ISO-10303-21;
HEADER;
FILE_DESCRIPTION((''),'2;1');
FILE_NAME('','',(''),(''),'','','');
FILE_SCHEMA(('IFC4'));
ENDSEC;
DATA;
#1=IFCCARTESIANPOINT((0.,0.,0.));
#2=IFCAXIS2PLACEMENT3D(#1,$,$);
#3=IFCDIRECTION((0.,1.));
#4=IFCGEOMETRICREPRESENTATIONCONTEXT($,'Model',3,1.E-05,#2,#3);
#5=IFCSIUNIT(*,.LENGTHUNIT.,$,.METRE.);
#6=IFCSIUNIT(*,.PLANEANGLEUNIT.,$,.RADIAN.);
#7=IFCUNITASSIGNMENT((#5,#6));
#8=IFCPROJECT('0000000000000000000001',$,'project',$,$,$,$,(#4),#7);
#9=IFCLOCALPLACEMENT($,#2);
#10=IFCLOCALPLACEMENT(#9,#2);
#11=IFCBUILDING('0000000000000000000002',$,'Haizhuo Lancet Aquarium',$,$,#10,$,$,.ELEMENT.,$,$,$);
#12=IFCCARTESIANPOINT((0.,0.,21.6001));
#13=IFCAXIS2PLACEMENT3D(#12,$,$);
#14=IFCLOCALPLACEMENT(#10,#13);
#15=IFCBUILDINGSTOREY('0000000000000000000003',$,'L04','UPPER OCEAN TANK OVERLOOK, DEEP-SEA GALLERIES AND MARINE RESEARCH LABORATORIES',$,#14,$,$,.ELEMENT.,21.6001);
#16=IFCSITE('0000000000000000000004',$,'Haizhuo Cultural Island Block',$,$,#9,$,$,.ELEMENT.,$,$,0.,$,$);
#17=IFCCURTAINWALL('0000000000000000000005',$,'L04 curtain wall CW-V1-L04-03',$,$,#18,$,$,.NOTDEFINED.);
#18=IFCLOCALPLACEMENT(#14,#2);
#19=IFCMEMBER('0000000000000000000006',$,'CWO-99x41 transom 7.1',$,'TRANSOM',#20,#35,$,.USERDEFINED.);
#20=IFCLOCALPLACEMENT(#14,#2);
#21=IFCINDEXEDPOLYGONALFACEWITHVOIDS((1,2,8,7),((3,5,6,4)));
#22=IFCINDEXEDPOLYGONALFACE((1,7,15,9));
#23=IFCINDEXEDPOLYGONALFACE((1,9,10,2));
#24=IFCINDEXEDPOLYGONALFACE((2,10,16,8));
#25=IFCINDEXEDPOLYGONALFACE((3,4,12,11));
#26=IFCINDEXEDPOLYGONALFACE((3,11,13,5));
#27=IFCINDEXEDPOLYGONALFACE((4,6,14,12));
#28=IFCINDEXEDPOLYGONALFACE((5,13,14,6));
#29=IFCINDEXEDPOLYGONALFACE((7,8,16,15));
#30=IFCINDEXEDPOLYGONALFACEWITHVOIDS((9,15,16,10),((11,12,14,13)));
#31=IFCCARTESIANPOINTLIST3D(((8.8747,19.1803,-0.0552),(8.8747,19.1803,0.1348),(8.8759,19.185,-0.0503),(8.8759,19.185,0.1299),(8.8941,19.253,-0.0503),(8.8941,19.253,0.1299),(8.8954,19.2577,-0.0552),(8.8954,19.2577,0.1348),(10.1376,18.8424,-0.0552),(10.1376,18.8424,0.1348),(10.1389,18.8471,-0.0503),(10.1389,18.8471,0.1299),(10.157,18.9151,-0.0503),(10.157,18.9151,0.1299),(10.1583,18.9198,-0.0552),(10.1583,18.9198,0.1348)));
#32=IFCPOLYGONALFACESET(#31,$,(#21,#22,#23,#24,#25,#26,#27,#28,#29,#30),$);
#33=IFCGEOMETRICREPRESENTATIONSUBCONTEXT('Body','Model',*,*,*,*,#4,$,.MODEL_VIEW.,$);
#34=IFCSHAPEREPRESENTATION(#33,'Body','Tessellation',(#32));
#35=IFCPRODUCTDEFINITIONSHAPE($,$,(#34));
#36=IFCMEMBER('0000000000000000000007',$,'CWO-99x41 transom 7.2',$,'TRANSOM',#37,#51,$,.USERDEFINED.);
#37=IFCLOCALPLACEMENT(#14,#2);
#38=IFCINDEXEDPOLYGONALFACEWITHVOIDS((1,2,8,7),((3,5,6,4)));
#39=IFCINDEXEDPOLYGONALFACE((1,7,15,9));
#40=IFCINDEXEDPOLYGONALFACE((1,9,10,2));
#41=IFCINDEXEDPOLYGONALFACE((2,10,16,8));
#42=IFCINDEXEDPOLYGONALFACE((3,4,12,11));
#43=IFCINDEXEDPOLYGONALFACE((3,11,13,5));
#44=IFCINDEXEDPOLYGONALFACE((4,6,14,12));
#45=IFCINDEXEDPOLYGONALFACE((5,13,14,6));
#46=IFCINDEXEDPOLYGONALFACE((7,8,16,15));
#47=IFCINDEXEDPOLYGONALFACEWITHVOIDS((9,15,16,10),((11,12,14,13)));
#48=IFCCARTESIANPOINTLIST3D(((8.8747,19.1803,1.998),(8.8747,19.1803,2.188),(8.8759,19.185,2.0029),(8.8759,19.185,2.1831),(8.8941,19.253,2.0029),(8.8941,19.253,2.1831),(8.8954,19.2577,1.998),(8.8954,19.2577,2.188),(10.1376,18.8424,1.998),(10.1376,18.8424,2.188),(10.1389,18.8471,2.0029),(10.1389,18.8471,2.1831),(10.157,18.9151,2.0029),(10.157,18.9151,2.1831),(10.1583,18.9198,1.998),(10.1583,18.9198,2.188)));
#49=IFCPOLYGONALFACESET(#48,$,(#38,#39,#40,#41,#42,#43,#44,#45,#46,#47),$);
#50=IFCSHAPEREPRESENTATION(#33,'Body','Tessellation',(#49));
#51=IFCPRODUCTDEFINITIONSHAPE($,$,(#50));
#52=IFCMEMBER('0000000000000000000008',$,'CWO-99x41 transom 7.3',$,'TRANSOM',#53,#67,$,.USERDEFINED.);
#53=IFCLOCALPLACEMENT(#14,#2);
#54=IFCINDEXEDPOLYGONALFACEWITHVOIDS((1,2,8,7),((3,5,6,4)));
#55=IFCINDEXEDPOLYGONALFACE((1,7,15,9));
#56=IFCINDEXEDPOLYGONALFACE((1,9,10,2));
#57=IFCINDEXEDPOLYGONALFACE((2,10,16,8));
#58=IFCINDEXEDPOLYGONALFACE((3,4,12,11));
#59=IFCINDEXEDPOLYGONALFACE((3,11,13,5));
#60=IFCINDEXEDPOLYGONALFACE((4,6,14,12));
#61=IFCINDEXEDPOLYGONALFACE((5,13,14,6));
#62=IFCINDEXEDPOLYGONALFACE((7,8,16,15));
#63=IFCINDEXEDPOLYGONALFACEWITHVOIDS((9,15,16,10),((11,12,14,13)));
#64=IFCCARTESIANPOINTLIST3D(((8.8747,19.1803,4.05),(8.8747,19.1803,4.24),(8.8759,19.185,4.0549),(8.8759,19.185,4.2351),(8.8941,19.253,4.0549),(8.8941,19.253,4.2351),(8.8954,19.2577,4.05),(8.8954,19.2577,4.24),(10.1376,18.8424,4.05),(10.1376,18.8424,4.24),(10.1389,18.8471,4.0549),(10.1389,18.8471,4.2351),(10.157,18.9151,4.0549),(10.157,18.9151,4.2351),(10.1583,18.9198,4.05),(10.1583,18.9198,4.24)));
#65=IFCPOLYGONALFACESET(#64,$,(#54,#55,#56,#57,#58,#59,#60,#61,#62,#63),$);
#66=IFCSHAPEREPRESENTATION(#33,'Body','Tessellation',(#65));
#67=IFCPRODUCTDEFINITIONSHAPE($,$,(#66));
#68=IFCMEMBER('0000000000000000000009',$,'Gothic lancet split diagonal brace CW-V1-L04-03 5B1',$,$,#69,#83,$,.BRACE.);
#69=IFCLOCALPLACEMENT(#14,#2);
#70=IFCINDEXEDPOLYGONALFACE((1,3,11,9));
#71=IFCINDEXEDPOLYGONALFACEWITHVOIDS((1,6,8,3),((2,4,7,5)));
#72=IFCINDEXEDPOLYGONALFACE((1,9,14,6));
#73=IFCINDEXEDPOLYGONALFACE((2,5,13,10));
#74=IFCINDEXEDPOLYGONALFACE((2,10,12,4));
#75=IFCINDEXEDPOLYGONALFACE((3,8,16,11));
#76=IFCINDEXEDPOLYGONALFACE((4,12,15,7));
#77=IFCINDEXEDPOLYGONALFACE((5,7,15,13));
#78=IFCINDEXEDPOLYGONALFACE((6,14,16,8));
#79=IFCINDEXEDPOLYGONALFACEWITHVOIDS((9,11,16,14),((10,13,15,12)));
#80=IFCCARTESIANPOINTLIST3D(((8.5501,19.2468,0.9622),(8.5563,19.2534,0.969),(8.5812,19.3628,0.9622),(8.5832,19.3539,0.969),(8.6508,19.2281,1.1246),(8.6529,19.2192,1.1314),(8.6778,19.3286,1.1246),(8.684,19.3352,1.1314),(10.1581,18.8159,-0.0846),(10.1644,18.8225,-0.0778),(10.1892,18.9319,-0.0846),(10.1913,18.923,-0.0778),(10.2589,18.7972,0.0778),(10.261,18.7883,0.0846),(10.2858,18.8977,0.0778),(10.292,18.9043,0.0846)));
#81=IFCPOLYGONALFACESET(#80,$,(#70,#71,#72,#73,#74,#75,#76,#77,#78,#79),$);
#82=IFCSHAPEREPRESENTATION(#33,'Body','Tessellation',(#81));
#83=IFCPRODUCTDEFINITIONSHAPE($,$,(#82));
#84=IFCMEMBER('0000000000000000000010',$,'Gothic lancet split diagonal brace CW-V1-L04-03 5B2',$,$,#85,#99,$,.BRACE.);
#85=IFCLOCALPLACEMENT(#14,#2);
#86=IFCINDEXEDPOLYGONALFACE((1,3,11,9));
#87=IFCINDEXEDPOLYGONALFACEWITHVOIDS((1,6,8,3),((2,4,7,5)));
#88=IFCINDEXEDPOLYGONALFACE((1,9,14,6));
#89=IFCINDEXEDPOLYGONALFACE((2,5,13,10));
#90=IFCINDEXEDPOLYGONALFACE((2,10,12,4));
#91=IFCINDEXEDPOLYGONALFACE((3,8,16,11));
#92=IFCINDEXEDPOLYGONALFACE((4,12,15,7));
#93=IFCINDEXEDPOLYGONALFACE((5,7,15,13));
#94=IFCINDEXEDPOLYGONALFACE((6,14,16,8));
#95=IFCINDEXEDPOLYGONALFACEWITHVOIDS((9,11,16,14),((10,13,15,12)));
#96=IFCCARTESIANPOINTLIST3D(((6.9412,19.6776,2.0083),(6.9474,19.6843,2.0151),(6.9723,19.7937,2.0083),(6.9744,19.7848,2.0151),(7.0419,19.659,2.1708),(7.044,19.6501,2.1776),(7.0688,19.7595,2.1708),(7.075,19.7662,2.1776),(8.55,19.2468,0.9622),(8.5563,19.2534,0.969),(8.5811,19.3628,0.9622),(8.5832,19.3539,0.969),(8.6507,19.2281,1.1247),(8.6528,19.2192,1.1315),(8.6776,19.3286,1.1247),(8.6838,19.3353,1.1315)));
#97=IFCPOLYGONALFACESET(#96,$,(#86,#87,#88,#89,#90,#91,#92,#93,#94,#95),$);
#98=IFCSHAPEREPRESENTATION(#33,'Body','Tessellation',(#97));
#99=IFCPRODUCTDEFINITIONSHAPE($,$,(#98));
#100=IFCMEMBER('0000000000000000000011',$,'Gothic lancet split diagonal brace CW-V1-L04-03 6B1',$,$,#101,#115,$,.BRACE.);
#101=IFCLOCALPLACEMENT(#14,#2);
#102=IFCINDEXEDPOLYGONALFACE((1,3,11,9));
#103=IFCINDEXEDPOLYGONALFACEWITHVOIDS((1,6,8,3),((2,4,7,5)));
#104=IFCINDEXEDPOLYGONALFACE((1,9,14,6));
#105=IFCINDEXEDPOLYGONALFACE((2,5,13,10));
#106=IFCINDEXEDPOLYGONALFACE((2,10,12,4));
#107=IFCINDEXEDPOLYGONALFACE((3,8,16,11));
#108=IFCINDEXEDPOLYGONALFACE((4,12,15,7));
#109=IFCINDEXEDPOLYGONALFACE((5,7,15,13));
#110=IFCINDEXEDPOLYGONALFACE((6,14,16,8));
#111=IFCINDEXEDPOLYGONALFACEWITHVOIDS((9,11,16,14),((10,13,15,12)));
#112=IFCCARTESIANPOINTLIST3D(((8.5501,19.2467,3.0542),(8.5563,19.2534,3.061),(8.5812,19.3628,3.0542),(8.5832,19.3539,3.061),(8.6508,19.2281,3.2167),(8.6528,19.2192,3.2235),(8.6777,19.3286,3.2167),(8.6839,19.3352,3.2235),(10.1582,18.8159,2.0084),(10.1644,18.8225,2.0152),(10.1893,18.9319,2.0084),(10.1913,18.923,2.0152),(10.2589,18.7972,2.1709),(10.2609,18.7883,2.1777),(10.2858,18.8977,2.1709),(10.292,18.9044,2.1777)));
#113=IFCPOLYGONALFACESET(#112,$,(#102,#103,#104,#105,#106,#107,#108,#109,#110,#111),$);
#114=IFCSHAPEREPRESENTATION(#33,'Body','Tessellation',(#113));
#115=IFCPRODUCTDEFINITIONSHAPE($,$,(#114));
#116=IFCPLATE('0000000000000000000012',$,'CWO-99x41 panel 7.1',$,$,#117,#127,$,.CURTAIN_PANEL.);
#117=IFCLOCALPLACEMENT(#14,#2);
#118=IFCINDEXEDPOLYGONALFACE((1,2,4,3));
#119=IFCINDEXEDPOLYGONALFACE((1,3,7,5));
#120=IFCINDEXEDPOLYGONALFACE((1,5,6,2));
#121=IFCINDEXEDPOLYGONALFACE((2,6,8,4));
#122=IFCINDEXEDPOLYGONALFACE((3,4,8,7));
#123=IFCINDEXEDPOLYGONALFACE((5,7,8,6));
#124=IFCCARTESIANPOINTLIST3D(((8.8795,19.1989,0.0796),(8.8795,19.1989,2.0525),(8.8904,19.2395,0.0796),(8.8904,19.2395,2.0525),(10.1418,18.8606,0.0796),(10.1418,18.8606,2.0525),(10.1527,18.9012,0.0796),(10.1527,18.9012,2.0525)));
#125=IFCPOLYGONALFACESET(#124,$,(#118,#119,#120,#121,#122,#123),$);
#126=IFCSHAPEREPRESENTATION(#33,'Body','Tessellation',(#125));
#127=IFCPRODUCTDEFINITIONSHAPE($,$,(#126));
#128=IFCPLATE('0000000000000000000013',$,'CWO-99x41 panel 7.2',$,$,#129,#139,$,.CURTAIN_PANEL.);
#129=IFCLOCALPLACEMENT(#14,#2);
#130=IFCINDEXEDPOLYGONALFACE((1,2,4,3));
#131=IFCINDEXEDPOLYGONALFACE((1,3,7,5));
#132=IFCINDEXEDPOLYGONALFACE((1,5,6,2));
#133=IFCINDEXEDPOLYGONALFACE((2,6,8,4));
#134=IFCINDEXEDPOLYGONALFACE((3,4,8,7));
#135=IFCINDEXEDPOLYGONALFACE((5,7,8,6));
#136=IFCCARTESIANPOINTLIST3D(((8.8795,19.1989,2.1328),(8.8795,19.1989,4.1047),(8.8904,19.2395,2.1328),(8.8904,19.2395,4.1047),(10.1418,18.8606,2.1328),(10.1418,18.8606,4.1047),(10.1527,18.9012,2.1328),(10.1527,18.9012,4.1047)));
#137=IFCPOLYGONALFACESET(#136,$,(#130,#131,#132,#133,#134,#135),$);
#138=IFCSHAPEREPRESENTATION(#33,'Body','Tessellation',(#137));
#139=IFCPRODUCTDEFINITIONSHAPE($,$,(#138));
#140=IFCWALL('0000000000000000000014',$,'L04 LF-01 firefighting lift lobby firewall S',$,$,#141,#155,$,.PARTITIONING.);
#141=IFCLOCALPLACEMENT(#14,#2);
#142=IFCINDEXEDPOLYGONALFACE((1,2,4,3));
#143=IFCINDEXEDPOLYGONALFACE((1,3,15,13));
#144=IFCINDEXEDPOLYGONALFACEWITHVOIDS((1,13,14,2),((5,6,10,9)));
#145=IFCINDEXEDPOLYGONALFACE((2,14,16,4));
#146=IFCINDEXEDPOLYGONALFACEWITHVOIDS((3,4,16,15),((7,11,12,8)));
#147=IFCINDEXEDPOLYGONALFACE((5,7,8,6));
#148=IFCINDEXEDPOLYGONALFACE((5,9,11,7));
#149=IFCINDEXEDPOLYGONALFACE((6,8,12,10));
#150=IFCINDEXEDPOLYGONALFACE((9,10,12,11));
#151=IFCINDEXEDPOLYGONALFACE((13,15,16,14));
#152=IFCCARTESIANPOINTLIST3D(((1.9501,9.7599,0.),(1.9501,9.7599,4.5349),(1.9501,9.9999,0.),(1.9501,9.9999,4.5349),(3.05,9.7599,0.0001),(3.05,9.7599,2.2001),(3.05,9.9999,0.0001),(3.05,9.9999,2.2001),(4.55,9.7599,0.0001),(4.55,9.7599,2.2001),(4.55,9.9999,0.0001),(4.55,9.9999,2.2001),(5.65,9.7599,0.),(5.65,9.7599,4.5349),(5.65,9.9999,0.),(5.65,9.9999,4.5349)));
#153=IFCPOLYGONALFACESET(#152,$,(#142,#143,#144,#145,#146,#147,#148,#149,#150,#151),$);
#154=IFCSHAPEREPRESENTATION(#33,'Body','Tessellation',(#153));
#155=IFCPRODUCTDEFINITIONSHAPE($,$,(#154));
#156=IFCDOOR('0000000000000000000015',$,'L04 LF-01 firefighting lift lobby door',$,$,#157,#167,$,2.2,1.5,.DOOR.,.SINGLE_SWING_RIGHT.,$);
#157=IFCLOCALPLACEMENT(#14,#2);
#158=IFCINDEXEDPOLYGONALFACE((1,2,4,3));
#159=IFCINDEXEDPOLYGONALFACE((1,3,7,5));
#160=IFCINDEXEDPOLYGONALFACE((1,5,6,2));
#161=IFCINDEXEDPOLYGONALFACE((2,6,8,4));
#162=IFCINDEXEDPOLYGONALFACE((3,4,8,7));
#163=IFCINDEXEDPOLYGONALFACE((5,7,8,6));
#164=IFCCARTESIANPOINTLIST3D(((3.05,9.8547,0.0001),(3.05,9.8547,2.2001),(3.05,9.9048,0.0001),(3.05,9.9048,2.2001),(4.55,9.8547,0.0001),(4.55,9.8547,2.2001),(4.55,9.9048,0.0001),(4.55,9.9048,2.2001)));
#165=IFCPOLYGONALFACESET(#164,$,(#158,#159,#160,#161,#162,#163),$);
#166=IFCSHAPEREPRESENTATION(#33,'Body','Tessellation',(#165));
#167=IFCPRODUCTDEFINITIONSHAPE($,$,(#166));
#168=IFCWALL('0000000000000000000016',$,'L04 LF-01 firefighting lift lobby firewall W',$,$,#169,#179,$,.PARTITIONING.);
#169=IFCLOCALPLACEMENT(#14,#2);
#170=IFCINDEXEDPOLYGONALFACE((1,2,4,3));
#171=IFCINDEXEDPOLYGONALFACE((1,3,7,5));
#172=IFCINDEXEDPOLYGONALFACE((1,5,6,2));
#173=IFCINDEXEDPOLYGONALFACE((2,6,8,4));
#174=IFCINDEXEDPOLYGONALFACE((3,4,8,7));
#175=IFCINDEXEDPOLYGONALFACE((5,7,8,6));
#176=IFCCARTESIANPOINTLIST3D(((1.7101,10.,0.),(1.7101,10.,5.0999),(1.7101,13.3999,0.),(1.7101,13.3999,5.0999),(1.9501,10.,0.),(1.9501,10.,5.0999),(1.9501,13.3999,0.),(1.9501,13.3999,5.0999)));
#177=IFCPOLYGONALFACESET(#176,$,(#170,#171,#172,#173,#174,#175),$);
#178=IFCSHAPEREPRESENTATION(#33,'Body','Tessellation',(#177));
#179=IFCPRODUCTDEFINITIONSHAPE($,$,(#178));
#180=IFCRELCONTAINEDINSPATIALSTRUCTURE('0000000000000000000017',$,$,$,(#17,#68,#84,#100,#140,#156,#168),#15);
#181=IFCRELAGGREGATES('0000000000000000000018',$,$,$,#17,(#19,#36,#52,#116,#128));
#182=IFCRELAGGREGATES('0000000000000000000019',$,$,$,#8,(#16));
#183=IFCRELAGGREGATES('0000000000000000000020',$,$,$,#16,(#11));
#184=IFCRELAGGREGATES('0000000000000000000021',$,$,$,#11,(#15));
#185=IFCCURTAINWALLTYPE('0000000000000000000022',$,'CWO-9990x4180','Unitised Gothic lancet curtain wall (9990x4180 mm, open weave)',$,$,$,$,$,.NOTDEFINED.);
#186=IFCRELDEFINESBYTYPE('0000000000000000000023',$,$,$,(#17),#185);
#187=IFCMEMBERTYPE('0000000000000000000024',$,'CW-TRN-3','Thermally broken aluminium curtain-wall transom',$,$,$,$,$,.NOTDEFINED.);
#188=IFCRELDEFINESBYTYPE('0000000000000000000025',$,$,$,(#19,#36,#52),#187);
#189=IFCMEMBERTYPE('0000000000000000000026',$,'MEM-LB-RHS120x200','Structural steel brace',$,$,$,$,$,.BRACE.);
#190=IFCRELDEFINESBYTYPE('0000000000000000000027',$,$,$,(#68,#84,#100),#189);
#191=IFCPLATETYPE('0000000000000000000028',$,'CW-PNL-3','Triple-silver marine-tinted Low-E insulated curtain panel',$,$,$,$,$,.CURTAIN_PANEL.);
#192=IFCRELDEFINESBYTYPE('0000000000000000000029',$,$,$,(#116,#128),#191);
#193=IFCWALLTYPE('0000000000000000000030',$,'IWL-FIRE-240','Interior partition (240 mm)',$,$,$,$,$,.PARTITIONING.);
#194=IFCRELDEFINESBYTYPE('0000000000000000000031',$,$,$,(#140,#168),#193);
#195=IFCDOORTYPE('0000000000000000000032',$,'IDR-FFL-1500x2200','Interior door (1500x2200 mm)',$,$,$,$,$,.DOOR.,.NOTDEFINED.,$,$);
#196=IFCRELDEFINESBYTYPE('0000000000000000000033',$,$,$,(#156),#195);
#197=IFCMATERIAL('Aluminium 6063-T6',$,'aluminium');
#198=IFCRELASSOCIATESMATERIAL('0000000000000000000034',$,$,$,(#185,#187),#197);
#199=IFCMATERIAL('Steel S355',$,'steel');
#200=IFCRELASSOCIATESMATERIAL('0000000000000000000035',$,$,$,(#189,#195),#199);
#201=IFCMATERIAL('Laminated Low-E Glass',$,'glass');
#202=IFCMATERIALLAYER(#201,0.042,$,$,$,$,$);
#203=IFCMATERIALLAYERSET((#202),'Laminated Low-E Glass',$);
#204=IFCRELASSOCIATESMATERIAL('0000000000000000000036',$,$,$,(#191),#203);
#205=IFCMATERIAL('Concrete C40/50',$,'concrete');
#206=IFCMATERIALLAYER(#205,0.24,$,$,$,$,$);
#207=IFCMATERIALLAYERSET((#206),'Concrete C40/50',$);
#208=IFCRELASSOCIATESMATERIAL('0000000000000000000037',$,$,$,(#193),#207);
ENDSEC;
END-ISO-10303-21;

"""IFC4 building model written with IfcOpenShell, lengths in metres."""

from ifc_helpers import new_model, si_unit, direction, frame, frame_2d, origin, origin_2d, place, context, subcontext, project, spatial, rectangle, hollow_rectangle, extrude, material, layer, layer_set, material_profile, profile_set, type_object, element, fill, aggregate, save


model = new_model("IFC4")

# Units and contexts
model_context = context("Model", 3, precision=1e-05, world=origin(), true_north=direction((0.0, 1.0)))
body_context = subcontext(model_context, "Body", "Model", "MODEL_VIEW")
ifc_project = project(units=[si_unit("LENGTHUNIT", "METRE"), si_unit("PLANEANGLEUNIT", "RADIAN")], contexts=[model_context])

# Site, building, storey
site_placement = place(None, origin())
site = spatial("IfcSite", under=ifc_project, at=site_placement, Name="Haizhuo Cultural Island Block", CompositionType="ELEMENT", RefElevation=0.0)
building_placement = place(site_placement, origin())
building = spatial("IfcBuilding", under=site, at=building_placement, Name="Haizhuo Lancet Aquarium", CompositionType="ELEMENT")
storey_placement = place(building_placement, frame((0.0, 0.0, 21.6001)))
storey = spatial("IfcBuildingStorey", under=building, at=storey_placement, Name="L04", Description="UPPER OCEAN TANK OVERLOOK, DEEP-SEA GALLERIES AND MARINE RESEARCH LABORATORIES", CompositionType="ELEMENT", Elevation=21.6001)

# Shared definitions
ifc_material_1 = material(Name="Concrete C40/50", Category="concrete")
ifc_material_2 = material(Name="Steel S355", Category="steel")

# Curtain wall, members
ifc_material_3 = material(Name="Aluminium 6063-T6", Category="aluminium")
curtain_wall_type = type_object("IfcCurtainWallType", Name="CWO-9990x4180", Description="Unitised Gothic lancet curtain wall (9990x4180 mm, open weave)", PredefinedType="NOTDEFINED", material=ifc_material_3)
curtain_wall_placement = place(storey_placement, origin())
curtain_wall = element("IfcCurtainWall", 1, at=curtain_wall_placement, inside=storey, type_object=curtain_wall_type, Name="L04 curtain wall CW-V1-L04-03", PredefinedType="NOTDEFINED")
ifc_material_profile_1 = material_profile(ifc_material_3, hollow_rectangle(XDim=0.0801, YDim=0.1899, WallThickness=0.0049, at=origin_2d()), Name="ALU-T 80x190x5")
ifc_profile_set_1 = profile_set([ifc_material_profile_1], Name="Aluminium 6063-T6")
member_type_1 = type_object("IfcMemberType", Name="CW-TRN-3", Description="Thermally broken aluminium curtain-wall transom", PredefinedType="NOTDEFINED", material=ifc_profile_set_1)
member_1_placement = place(storey_placement, frame((8.885, 19.219, 0.0398), z_axis=(0.966024, -0.258453, 0.0), x_axis=(0.258453, 0.966024, 0.0)))
member_1 = element("IfcMember", 2, at=member_1_placement, type_object=member_type_1, Name="CWO-99x41 transom 7.1", ObjectType="TRANSOM", PredefinedType="USERDEFINED", context=body_context, shape_type="SweptSolid", body=[
    extrude(hollow_rectangle(XDim=0.0801, YDim=0.1899, WallThickness=0.0049, at=origin_2d()), origin(), (0.0, 0.0, 1.0), 1.3074),
])
member_2_placement = place(storey_placement, frame((8.885, 19.219, 2.093), z_axis=(0.966024, -0.258453, 0.0), x_axis=(0.258453, 0.966024, 0.0)))
member_2 = element("IfcMember", 3, at=member_2_placement, type_object=member_type_1, Name="CWO-99x41 transom 7.2", ObjectType="TRANSOM", PredefinedType="USERDEFINED", context=body_context, shape_type="SweptSolid", body=[
    extrude(hollow_rectangle(XDim=0.0801, YDim=0.1899, WallThickness=0.0049, at=origin_2d()), origin(), (0.0, 0.0, 1.0), 1.3074),
])
member_3_placement = place(storey_placement, frame((8.885, 19.219, 4.145), z_axis=(0.966024, -0.258453, 0.0), x_axis=(0.258453, 0.966024, 0.0)))
member_3 = element("IfcMember", 4, at=member_3_placement, type_object=member_type_1, Name="CWO-99x41 transom 7.3", ObjectType="TRANSOM", PredefinedType="USERDEFINED", context=body_context, shape_type="SweptSolid", body=[
    extrude(hollow_rectangle(XDim=0.0801, YDim=0.1899, WallThickness=0.0049, at=origin_2d()), origin(), (0.0, 0.0, 1.0), 1.3074),
])

# Members
ifc_material_profile_2 = material_profile(ifc_material_2, hollow_rectangle(XDim=0.1201, YDim=0.2, WallThickness=0.0081, at=origin_2d()), Name="RHS 120x200x8")
ifc_profile_set_2 = profile_set([ifc_material_profile_2], Name="Steel S355")
member_type_2 = type_object("IfcMemberType", Name="MEM-LB-RHS120x200", Description="Structural steel brace", PredefinedType="BRACE", material=ifc_profile_set_2)
member_4_placement = place(storey_placement, frame((10.2251, 18.8601, 0.0), z_axis=(-0.817704, 0.219106, 0.532309), x_axis=(-0.258822, -0.965925, 0.0)))
element("IfcMember", 5, at=member_4_placement, inside=storey, type_object=member_type_2, Name="Gothic lancet split diagonal brace CW-V1-L04-03 5B1", PredefinedType="BRACE", context=body_context, shape_type="SweptSolid", body=[
    extrude(hollow_rectangle(XDim=0.1201, YDim=0.2, WallThickness=0.0081, at=origin_2d()), origin(), (0.0, 0.0, 1.0), 1.9666),
])
member_5_placement = place(storey_placement, frame((8.6169, 19.291, 1.0469), z_axis=(-0.81799, 0.219082, 0.53188), x_axis=(-0.258712, -0.965955, 0.0)))
element("IfcMember", 6, at=member_5_placement, inside=storey, type_object=member_type_2, Name="Gothic lancet split diagonal brace CW-V1-L04-03 5B2", PredefinedType="BRACE", context=body_context, shape_type="SweptSolid", body=[
    extrude(hollow_rectangle(XDim=0.1201, YDim=0.2, WallThickness=0.0081, at=origin_2d()), origin(), (0.0, 0.0, 1.0), 1.9668),
])
member_6_placement = place(storey_placement, frame((10.2251, 18.8601, 2.093), z_axis=(-0.81792, 0.219163, 0.531953), x_axis=(-0.258822, -0.965925, 0.0)))
element("IfcMember", 7, at=member_6_placement, inside=storey, type_object=member_type_2, Name="Gothic lancet split diagonal brace CW-V1-L04-03 6B1", PredefinedType="BRACE", context=body_context, shape_type="SweptSolid", body=[
    extrude(hollow_rectangle(XDim=0.1201, YDim=0.2, WallThickness=0.0081, at=origin_2d()), origin(), (0.0, 0.0, 1.0), 1.9661),
])

# Plates
ifc_material_4 = material(Name="Laminated Low-E Glass", Category="glass")
ifc_layer_1 = layer(ifc_material_4, 0.042)
ifc_layer_set_1 = layer_set([ifc_layer_1], Name="Laminated Low-E Glass")
plate_type = type_object("IfcPlateType", Name="CW-PNL-3", Description="Triple-silver marine-tinted Low-E insulated curtain panel", PredefinedType="CURTAIN_PANEL", material=ifc_layer_set_1)
plate_1_placement = place(storey_placement, frame((9.5161, 19.05, 0.0796), z_axis=(0.0, 0.0, 1.0), x_axis=(0.965917, -0.258853, 0.0)))
plate_1 = element("IfcPlate", 8, at=plate_1_placement, type_object=plate_type, Name="CWO-99x41 panel 7.1", PredefinedType="CURTAIN_PANEL", context=body_context, shape_type="SweptSolid", body=[
    extrude(rectangle(XDim=1.3069, YDim=0.042, at=origin_2d()), origin(), (0.0, 0.0, 1.0), 1.9729),
])
plate_2_placement = place(storey_placement, frame((9.5161, 19.05, 2.1328), z_axis=(0.0, 0.0, 1.0), x_axis=(0.965917, -0.258853, 0.0)))
plate_2 = element("IfcPlate", 9, at=plate_2_placement, type_object=plate_type, Name="CWO-99x41 panel 7.2", PredefinedType="CURTAIN_PANEL", context=body_context, shape_type="SweptSolid", body=[
    extrude(rectangle(XDim=1.3069, YDim=0.042, at=origin_2d()), origin(), (0.0, 0.0, 1.0), 1.9719),
])
aggregate(curtain_wall, [member_1, member_2, member_3, plate_1, plate_2])

# Wall, opening, door
ifc_layer_2 = layer(ifc_material_1, 0.24)
ifc_layer_set_2 = layer_set([ifc_layer_2], Name="Concrete C40/50")
wall_type_1 = type_object("IfcWallType", Name="IWL-FIRE-240", Description="Interior partition (240 mm)", PredefinedType="PARTITIONING", material=ifc_layer_set_2)
wall_1_placement = place(storey_placement, frame((1.95, 9.8799, 0.0), z_axis=(0.0, 0.0, 1.0), x_axis=(1.0, 0.0, 0.0)))
wall_1 = element("IfcWall", 10, at=wall_1_placement, inside=storey, type_object=wall_type_1, Name="L04 LF-01 firefighting lift lobby firewall S", PredefinedType="PARTITIONING", context=body_context, shape_type="SweptSolid", body=[
    extrude(rectangle(XDim=3.7, YDim=0.24, at=frame_2d((1.8501, 0.0))), origin(), (0.0, 0.0, 1.0), 4.5349),
])
opening_1_placement = place(wall_1_placement, frame((1.1001, 0.0, 0.0)))
opening_1 = element("IfcOpeningElement", 11, at=opening_1_placement, cuts=wall_1, PredefinedType="OPENING", context=body_context, shape_type="SweptSolid", body=[
    extrude(rectangle(XDim=1.5, YDim=2.2, at=frame_2d((0.75, 1.1001))), frame((0.0, 0.1299, 0.0), z_axis=(0.0, -1.0, 0.0), x_axis=(1.0, 0.0, 0.0)), (0.0, 0.0, 1.0), 0.26),
])
door_type_1 = type_object("IfcDoorType", Name="IDR-FFL-1500x2200", Description="Interior door (1500x2200 mm)", OperationType="NOTDEFINED", PredefinedType="DOOR", material=ifc_material_2)
door_1_placement = place(opening_1_placement, origin())
door_1 = element("IfcDoor", 12, at=door_1_placement, inside=storey, type_object=door_type_1, Name="L04 LF-01 firefighting lift lobby door", OperationType="SINGLE_SWING_RIGHT", OverallHeight=2.2, OverallWidth=1.5, PredefinedType="DOOR", context=body_context, shape_type="SweptSolid", body=[
    extrude(rectangle(XDim=1.5, YDim=2.2, at=frame_2d((0.75, 1.1001))), frame((0.0, 0.0249, 0.0), z_axis=(0.0, -1.0, 0.0), x_axis=(1.0, 0.0, 0.0)), (0.0, 0.0, 1.0), 0.05),
])
fill(opening_1, door_1)

# Wall
wall_2_placement = place(storey_placement, frame((1.8301, 10.0, 0.0), z_axis=(0.0, 0.0, 1.0), x_axis=(0.0, 1.0, 0.0)))
element("IfcWall", 13, at=wall_2_placement, inside=storey, type_object=wall_type_1, Name="L04 LF-01 firefighting lift lobby firewall W", PredefinedType="PARTITIONING", context=body_context, shape_type="SweptSolid", body=[
    extrude(rectangle(XDim=3.3999, YDim=0.24, at=frame_2d((1.7, 0.0))), origin(), (0.0, 0.0, 1.0), 5.0999),
])

save(model, "model.ifc")
